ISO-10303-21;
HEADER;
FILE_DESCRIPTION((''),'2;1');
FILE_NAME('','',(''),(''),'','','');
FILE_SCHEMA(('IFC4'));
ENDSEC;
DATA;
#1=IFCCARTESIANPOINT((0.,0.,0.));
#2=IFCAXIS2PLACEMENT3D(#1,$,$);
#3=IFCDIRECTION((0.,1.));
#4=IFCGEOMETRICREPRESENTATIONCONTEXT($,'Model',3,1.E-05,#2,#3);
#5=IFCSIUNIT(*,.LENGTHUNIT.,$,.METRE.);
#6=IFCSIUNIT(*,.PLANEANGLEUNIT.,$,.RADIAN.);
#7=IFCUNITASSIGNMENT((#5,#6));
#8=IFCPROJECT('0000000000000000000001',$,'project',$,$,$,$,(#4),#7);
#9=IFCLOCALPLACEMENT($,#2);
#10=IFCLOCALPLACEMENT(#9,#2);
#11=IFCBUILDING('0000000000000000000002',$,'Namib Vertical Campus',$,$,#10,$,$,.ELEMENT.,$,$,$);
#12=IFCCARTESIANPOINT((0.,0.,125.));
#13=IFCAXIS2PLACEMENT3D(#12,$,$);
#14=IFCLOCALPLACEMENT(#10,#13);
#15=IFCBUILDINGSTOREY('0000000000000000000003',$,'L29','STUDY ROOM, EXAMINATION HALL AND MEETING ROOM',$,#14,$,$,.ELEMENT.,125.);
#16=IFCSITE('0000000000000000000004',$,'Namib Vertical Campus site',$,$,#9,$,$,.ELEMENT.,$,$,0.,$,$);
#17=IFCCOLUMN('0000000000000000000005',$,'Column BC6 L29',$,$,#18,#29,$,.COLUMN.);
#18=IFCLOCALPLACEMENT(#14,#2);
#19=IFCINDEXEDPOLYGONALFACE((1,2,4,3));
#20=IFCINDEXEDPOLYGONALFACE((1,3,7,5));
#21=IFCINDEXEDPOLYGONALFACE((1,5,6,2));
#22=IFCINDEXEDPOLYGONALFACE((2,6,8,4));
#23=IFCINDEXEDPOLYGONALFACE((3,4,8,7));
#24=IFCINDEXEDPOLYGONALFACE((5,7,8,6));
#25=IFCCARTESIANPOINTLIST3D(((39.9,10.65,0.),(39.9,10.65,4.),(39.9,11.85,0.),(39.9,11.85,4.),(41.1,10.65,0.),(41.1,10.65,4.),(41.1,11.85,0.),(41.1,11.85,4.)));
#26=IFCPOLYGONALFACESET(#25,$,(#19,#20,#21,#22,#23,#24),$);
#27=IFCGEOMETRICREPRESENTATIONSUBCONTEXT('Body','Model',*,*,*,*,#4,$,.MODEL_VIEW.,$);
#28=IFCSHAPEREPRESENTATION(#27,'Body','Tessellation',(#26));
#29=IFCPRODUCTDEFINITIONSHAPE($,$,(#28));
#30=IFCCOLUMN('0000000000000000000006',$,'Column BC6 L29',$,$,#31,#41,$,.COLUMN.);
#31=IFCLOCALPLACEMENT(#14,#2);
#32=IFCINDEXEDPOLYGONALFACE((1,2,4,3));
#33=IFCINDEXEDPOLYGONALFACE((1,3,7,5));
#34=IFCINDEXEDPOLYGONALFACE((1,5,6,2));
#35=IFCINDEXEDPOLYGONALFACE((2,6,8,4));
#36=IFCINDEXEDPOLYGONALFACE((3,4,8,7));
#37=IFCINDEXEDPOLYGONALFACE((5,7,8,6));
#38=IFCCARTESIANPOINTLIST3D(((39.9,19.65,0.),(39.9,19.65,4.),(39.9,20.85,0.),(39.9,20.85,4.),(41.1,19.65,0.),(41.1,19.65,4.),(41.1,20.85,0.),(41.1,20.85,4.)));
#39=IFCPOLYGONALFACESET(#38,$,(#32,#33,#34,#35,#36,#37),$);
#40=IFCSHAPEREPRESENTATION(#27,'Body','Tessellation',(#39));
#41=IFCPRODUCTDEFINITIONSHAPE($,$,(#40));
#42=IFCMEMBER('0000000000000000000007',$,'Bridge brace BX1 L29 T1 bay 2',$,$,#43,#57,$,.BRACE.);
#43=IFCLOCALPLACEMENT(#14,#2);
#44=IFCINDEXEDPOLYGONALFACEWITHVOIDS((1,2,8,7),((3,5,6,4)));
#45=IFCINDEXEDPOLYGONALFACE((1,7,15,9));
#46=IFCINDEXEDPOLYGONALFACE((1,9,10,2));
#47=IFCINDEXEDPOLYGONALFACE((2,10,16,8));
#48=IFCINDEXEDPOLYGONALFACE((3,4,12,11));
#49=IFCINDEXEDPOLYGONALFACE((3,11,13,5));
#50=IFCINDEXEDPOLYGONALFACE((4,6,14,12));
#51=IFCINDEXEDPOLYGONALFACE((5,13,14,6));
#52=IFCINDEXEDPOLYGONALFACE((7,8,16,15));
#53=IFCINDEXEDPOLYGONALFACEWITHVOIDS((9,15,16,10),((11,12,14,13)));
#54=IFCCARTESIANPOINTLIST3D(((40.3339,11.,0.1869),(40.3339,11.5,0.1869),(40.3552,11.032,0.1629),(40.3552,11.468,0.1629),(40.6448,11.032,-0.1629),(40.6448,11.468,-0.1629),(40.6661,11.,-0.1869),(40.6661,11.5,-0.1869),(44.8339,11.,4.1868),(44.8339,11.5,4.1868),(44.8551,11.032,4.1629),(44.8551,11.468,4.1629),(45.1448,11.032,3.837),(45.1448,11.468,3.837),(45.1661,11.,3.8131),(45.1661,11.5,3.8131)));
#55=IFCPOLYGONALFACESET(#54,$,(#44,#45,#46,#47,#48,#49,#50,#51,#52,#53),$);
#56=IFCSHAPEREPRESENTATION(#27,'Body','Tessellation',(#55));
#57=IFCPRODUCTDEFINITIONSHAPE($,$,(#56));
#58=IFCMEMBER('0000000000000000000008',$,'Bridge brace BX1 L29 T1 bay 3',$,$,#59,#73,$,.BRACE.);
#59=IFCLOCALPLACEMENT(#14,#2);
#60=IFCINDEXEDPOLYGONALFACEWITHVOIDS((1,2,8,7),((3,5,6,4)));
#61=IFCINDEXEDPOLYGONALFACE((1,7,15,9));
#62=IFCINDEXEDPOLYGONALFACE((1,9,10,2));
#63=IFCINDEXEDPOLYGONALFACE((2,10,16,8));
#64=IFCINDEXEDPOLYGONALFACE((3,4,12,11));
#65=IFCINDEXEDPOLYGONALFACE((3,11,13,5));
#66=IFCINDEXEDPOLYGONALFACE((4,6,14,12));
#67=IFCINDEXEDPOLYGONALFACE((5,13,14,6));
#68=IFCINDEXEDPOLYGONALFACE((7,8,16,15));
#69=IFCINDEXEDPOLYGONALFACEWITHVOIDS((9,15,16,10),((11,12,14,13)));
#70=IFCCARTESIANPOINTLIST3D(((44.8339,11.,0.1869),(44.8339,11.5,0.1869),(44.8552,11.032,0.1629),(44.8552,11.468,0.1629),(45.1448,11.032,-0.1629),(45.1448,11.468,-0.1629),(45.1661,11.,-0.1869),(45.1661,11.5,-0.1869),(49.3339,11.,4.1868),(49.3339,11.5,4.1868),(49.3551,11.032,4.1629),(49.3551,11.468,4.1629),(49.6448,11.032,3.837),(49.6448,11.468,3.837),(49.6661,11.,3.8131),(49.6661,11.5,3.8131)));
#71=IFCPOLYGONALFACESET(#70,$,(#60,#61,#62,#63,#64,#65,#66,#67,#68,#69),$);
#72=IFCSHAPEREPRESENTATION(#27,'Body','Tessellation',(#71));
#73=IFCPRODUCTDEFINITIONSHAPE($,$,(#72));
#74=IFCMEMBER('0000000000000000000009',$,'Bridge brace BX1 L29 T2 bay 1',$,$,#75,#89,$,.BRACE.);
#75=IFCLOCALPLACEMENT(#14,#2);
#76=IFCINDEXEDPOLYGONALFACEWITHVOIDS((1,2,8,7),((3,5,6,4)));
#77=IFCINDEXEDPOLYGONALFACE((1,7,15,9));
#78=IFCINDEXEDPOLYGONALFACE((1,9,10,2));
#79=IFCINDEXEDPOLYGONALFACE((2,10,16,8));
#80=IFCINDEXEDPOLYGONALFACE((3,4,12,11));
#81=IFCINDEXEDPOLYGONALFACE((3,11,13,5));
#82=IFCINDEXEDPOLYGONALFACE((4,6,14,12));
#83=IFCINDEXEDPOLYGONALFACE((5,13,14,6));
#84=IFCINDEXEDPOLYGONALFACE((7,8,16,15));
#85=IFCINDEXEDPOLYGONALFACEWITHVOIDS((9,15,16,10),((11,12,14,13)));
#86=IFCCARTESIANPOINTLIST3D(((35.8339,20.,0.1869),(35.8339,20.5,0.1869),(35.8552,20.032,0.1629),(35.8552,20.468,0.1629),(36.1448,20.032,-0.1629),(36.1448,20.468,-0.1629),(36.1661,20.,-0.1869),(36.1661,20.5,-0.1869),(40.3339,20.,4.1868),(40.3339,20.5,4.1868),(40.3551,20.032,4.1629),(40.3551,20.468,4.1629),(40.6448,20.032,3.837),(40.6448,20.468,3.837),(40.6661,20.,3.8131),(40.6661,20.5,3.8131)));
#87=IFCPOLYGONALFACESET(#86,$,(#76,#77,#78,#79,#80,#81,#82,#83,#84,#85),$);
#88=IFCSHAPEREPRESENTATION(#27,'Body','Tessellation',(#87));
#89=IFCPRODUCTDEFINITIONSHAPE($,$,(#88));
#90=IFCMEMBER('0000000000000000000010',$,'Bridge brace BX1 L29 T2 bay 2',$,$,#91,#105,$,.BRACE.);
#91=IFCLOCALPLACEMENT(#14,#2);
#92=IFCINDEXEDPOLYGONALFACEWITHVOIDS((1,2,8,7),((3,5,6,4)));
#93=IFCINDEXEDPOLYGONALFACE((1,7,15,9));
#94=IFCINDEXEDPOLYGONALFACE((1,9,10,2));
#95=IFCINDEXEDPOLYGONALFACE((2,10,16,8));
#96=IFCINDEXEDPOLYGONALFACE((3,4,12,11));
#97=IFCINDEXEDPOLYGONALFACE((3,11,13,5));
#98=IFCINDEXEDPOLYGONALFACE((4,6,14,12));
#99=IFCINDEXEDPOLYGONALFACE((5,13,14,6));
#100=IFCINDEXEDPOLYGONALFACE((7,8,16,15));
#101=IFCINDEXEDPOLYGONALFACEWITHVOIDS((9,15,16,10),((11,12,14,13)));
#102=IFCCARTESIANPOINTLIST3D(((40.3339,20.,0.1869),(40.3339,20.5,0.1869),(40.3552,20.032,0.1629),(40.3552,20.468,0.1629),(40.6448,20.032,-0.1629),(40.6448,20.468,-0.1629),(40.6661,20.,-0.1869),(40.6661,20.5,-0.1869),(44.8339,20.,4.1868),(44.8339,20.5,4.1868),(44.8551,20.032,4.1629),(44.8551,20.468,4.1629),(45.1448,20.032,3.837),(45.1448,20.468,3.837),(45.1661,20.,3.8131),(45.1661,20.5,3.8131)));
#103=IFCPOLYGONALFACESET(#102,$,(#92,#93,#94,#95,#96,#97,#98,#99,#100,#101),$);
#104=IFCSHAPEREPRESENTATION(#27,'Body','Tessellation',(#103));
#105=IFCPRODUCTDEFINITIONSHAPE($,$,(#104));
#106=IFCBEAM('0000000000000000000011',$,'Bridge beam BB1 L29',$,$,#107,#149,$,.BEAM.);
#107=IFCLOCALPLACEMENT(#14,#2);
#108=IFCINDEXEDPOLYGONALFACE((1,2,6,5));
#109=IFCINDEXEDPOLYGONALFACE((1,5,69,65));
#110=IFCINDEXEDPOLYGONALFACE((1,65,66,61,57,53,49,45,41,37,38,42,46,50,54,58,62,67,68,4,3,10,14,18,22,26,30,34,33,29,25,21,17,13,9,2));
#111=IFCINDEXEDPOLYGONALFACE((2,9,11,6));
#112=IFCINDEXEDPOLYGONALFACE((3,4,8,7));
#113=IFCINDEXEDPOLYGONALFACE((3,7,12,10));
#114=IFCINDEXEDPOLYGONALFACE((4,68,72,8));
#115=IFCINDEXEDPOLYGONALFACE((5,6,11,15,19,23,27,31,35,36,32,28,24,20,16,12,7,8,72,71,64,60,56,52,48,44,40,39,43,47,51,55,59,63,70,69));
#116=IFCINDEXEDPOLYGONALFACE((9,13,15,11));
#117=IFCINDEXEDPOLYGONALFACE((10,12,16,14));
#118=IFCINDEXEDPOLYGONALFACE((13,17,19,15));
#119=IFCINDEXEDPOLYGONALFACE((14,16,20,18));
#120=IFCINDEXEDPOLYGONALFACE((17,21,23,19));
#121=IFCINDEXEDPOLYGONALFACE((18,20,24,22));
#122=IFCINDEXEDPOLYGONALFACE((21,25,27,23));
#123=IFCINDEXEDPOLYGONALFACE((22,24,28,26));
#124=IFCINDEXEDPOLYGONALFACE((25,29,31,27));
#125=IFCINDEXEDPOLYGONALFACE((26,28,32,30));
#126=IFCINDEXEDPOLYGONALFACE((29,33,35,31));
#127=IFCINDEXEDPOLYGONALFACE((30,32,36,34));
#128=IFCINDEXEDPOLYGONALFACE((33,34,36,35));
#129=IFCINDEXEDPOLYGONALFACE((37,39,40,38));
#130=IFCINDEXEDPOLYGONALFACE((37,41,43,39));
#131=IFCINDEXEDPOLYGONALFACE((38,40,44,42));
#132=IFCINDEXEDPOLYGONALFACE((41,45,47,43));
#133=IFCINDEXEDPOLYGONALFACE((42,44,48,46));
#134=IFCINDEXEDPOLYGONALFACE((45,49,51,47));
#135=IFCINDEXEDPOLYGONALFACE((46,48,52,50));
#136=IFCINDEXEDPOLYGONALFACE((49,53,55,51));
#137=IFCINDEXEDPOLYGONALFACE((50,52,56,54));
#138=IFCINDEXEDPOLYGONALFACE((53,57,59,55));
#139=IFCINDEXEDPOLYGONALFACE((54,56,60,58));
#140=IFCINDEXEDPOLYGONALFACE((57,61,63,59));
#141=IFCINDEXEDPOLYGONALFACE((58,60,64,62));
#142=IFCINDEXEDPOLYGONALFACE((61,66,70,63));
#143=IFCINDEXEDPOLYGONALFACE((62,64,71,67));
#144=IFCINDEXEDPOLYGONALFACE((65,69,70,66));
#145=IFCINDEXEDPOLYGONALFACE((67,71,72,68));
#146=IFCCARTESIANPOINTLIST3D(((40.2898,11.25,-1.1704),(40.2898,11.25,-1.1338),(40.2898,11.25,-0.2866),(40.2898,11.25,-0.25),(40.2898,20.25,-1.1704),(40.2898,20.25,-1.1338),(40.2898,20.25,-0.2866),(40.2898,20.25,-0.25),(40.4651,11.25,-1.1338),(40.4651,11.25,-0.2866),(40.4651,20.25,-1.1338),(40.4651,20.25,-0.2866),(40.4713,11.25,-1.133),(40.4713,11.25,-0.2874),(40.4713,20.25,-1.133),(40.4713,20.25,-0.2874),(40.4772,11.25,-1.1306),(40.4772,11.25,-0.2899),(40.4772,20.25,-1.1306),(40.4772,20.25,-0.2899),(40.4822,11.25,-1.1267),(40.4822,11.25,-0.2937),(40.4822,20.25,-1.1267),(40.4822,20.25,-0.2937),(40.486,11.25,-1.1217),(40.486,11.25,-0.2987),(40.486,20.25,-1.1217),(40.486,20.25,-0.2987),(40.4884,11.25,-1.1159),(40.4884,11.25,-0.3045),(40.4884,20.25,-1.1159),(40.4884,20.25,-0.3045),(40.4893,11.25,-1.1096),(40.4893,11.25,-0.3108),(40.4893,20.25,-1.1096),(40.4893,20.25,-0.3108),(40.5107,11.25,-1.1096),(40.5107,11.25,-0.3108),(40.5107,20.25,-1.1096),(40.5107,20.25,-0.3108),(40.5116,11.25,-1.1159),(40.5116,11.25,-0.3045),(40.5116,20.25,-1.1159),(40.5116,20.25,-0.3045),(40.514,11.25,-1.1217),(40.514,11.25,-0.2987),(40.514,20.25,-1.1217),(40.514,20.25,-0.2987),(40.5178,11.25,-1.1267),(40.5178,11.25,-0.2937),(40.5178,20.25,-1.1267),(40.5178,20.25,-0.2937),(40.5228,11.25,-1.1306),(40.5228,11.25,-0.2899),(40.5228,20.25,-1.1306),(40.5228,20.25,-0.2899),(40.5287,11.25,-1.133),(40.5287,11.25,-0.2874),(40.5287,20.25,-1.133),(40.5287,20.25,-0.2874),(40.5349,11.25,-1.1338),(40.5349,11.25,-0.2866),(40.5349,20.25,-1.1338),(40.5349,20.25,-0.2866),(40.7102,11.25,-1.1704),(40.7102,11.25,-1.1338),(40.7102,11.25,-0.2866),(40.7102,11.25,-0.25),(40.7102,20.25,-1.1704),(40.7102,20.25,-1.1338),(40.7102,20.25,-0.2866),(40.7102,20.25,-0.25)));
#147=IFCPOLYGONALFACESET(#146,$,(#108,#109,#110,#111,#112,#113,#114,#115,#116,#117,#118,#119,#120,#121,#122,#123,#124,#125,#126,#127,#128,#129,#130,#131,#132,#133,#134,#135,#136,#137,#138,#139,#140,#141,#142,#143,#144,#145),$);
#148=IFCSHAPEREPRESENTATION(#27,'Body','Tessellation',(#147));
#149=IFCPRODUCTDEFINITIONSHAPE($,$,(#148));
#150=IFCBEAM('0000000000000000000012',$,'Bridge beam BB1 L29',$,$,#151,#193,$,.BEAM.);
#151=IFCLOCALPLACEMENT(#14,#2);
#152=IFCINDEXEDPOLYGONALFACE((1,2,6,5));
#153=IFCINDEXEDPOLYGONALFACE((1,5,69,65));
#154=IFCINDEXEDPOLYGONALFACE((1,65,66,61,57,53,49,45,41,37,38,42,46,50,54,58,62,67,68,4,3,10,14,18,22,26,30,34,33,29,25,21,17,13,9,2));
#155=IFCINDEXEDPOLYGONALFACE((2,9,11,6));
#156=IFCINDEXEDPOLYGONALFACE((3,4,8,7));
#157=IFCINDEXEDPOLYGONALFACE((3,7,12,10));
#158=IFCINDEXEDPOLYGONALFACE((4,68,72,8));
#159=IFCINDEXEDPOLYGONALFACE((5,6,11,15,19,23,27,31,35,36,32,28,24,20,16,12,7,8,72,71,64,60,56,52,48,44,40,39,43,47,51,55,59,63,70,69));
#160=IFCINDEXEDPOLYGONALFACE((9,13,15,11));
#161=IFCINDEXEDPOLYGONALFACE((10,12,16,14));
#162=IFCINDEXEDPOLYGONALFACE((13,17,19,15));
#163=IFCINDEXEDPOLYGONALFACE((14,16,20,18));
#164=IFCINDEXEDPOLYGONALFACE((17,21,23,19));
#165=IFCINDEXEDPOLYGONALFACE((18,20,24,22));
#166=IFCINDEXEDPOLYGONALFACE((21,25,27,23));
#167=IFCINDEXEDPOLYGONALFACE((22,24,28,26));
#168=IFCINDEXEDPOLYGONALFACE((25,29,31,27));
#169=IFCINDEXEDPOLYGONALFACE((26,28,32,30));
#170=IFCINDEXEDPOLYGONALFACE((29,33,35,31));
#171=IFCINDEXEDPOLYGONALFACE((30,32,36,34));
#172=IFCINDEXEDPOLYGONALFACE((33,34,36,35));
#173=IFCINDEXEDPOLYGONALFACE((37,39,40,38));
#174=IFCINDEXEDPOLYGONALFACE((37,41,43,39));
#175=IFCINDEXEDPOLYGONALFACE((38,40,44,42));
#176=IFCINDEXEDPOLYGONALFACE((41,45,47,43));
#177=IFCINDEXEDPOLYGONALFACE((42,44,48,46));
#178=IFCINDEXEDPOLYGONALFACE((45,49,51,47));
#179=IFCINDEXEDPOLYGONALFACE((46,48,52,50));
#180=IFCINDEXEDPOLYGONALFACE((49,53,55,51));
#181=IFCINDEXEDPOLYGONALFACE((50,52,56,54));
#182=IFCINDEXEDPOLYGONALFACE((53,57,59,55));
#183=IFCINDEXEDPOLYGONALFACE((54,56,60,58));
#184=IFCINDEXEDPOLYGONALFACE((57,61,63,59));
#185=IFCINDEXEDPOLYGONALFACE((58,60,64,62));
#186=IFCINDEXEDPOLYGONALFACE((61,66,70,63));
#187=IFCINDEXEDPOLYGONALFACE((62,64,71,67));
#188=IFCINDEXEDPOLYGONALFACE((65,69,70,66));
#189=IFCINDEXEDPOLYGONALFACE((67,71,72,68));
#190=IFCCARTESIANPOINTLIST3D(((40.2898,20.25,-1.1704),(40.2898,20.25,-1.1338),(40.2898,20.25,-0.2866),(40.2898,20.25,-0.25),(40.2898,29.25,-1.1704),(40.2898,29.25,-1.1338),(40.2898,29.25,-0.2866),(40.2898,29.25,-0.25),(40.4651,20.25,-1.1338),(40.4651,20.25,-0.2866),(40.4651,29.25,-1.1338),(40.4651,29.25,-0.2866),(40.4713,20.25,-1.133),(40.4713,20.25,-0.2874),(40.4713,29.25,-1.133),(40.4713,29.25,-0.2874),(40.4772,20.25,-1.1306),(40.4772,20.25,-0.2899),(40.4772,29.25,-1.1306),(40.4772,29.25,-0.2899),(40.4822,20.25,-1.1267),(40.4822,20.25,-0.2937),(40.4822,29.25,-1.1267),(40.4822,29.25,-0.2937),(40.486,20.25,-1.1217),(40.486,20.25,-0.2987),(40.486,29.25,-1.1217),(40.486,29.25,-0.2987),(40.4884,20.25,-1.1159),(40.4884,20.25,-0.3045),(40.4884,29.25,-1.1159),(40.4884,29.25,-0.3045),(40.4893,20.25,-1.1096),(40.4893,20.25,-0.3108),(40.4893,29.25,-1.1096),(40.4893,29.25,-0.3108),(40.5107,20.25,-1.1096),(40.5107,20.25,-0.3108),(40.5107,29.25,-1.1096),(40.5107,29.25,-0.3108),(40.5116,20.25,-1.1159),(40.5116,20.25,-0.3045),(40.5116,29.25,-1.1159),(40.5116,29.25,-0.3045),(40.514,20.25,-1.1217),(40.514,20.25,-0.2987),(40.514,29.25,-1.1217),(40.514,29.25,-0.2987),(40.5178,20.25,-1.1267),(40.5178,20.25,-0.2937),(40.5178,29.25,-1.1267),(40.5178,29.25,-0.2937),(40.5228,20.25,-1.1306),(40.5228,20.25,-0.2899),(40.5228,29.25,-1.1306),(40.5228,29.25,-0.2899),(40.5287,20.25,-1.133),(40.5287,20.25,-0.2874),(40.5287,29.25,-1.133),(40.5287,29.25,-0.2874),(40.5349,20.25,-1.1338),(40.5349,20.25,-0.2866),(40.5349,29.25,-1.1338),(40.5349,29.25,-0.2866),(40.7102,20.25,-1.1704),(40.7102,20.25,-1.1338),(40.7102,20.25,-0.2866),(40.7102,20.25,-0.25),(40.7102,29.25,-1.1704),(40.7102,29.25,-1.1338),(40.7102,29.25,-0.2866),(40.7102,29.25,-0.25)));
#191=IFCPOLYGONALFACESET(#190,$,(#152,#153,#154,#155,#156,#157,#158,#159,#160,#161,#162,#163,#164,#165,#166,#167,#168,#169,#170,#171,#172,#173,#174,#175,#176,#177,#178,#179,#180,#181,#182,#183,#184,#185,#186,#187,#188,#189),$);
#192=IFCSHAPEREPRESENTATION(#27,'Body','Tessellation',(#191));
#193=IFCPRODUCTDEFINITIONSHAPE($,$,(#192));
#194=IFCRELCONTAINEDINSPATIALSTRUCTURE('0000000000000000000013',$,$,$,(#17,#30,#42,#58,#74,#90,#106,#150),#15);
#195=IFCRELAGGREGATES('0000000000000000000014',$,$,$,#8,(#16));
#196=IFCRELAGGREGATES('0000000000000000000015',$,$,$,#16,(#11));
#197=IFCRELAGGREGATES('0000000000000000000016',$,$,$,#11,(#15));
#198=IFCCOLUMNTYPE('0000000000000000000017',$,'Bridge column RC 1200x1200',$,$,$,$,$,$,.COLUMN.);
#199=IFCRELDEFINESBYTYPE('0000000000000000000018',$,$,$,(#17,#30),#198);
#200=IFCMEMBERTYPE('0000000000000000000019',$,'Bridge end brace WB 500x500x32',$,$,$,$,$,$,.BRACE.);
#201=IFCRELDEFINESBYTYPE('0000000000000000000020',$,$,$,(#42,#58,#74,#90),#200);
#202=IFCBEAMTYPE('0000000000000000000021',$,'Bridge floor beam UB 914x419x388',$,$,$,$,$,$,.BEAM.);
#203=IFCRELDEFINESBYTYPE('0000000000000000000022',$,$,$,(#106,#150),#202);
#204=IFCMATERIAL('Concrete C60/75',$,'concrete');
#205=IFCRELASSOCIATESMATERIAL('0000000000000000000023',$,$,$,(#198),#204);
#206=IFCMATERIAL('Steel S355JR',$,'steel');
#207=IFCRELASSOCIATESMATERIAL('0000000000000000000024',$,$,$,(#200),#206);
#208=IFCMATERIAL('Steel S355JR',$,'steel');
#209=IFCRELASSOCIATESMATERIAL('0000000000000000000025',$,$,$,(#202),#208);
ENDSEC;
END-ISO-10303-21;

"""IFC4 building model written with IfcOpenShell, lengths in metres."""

from ifc_helpers import new_model, si_unit, direction, frame, origin, origin_2d, place, context, subcontext, project, spatial, rectangle, hollow_rectangle, i_section, extrude, material, material_profile, profile_set, type_object, element, save


model = new_model("IFC4")

# Units and contexts
model_context = context("Model", 3, precision=1e-05, world=origin(), true_north=direction((0.0, 1.0)))
body_context = subcontext(model_context, "Body", "Model", "MODEL_VIEW")
ifc_project = project(units=[si_unit("LENGTHUNIT", "METRE"), si_unit("PLANEANGLEUNIT", "RADIAN")], contexts=[model_context])

# Site, building, storey
site_placement = place(None, origin())
site = spatial("IfcSite", under=ifc_project, at=site_placement, Name="Namib Vertical Campus site", CompositionType="ELEMENT", RefElevation=0.0)
building_placement = place(site_placement, origin())
building = spatial("IfcBuilding", under=site, at=building_placement, Name="Namib Vertical Campus", CompositionType="ELEMENT")
storey_placement = place(building_placement, frame((0.0, 0.0, 125.0)))
storey = spatial("IfcBuildingStorey", under=building, at=storey_placement, Name="L29", Description="STUDY ROOM, EXAMINATION HALL AND MEETING ROOM", CompositionType="ELEMENT", Elevation=125.0)

# Columns
ifc_material_1 = material(Name="Concrete C60/75", Category="concrete")
ifc_material_profile_1 = material_profile(ifc_material_1, rectangle(XDim=1.2, YDim=1.2, at=origin_2d()))
ifc_profile_set_1 = profile_set([ifc_material_profile_1], Name="Concrete C60/75")
column_type = type_object("IfcColumnType", Name="Bridge column RC 1200x1200", PredefinedType="COLUMN", material=ifc_profile_set_1)
for number, where, z_axis, x_axis, name in (
    (1, (40.5, 11.25, 0.0), (0.0, 0.0, 1.0), (1.0, 0.0, 0.0), "Column BC6 L29"),
    (2, (40.5, 20.25, 0.0), (0.0, 0.0, 1.0), (1.0, 0.0, 0.0), "Column BC6 L29"),
):
    element("IfcColumn", number, at=place(storey_placement, frame(where, z_axis=z_axis, x_axis=x_axis)), inside=storey, type_object=column_type, Name=name, PredefinedType="COLUMN", context=body_context, shape_type="SweptSolid", body=[
        extrude(rectangle(XDim=1.2, YDim=1.2, at=origin_2d()), origin(), (0.0, 0.0, 1.0), 4.0),
    ])

# Members
ifc_material_2 = material(Name="Steel S355JR", Category="steel")
ifc_material_profile_2 = material_profile(ifc_material_2, hollow_rectangle(XDim=0.5, YDim=0.5, WallThickness=0.032, at=origin_2d()))
ifc_profile_set_2 = profile_set([ifc_material_profile_2], Name="Steel S355JR")
member_type_1 = type_object("IfcMemberType", Name="Bridge end brace WB 500x500x32", PredefinedType="BRACE", material=ifc_profile_set_2)
for number, where, z_axis, x_axis, name in (
    (3, (40.5, 11.25, 0.0), (0.747409, 0.0, 0.664364), (0.0, 1.0, 0.0), "Bridge brace BX1 L29 T1 bay 2"),
    (4, (45.0, 11.25, 0.0), (0.747409, 0.0, 0.664364), (0.0, 1.0, 0.0), "Bridge brace BX1 L29 T1 bay 3"),
    (5, (36.0, 20.25, 0.0), (0.747409, 0.0, 0.664364), (0.0, 1.0, 0.0), "Bridge brace BX1 L29 T2 bay 1"),
    (6, (40.5, 20.25, 0.0), (0.747409, 0.0, 0.664364), (0.0, 1.0, 0.0), "Bridge brace BX1 L29 T2 bay 2"),
):
    element("IfcMember", number, at=place(storey_placement, frame(where, z_axis=z_axis, x_axis=x_axis)), inside=storey, type_object=member_type_1, Name=name, PredefinedType="BRACE", context=body_context, shape_type="SweptSolid", body=[
        extrude(hollow_rectangle(XDim=0.5, YDim=0.5, WallThickness=0.032, at=origin_2d()), origin(), (0.0, 0.0, 1.0), 6.0208),
    ])

# Beams
ifc_material_3 = material(Name="Steel S355JR", Category="steel")
ifc_material_profile_3 = material_profile(ifc_material_3, i_section(OverallWidth=0.4204, OverallDepth=0.9204, WebThickness=0.0215, FlangeThickness=0.0366, FilletRadius=0.0242, at=origin_2d()))
ifc_profile_set_3 = profile_set([ifc_material_profile_3], Name="Steel S355JR")
beam_type_1 = type_object("IfcBeamType", Name="Bridge floor beam UB 914x419x388", PredefinedType="BEAM", material=ifc_profile_set_3)
for number, where, z_axis, x_axis, name in (
    (7, (40.5, 11.25, -0.7102), (0.0, 1.0, 0.0), (-1.0, 0.0, 0.0), "Bridge beam BB1 L29"),
    (8, (40.5, 20.25, -0.7102), (0.0, 1.0, 0.0), (-1.0, 0.0, 0.0), "Bridge beam BB1 L29"),
):
    element("IfcBeam", number, at=place(storey_placement, frame(where, z_axis=z_axis, x_axis=x_axis)), inside=storey, type_object=beam_type_1, Name=name, PredefinedType="BEAM", context=body_context, shape_type="SweptSolid", body=[
        extrude(i_section(OverallWidth=0.4204, OverallDepth=0.9204, WebThickness=0.0215, FlangeThickness=0.0366, FilletRadius=0.0242, at=origin_2d()), origin(), (0.0, 0.0, 1.0), 9.0),
    ])

save(model, "model.ifc")
